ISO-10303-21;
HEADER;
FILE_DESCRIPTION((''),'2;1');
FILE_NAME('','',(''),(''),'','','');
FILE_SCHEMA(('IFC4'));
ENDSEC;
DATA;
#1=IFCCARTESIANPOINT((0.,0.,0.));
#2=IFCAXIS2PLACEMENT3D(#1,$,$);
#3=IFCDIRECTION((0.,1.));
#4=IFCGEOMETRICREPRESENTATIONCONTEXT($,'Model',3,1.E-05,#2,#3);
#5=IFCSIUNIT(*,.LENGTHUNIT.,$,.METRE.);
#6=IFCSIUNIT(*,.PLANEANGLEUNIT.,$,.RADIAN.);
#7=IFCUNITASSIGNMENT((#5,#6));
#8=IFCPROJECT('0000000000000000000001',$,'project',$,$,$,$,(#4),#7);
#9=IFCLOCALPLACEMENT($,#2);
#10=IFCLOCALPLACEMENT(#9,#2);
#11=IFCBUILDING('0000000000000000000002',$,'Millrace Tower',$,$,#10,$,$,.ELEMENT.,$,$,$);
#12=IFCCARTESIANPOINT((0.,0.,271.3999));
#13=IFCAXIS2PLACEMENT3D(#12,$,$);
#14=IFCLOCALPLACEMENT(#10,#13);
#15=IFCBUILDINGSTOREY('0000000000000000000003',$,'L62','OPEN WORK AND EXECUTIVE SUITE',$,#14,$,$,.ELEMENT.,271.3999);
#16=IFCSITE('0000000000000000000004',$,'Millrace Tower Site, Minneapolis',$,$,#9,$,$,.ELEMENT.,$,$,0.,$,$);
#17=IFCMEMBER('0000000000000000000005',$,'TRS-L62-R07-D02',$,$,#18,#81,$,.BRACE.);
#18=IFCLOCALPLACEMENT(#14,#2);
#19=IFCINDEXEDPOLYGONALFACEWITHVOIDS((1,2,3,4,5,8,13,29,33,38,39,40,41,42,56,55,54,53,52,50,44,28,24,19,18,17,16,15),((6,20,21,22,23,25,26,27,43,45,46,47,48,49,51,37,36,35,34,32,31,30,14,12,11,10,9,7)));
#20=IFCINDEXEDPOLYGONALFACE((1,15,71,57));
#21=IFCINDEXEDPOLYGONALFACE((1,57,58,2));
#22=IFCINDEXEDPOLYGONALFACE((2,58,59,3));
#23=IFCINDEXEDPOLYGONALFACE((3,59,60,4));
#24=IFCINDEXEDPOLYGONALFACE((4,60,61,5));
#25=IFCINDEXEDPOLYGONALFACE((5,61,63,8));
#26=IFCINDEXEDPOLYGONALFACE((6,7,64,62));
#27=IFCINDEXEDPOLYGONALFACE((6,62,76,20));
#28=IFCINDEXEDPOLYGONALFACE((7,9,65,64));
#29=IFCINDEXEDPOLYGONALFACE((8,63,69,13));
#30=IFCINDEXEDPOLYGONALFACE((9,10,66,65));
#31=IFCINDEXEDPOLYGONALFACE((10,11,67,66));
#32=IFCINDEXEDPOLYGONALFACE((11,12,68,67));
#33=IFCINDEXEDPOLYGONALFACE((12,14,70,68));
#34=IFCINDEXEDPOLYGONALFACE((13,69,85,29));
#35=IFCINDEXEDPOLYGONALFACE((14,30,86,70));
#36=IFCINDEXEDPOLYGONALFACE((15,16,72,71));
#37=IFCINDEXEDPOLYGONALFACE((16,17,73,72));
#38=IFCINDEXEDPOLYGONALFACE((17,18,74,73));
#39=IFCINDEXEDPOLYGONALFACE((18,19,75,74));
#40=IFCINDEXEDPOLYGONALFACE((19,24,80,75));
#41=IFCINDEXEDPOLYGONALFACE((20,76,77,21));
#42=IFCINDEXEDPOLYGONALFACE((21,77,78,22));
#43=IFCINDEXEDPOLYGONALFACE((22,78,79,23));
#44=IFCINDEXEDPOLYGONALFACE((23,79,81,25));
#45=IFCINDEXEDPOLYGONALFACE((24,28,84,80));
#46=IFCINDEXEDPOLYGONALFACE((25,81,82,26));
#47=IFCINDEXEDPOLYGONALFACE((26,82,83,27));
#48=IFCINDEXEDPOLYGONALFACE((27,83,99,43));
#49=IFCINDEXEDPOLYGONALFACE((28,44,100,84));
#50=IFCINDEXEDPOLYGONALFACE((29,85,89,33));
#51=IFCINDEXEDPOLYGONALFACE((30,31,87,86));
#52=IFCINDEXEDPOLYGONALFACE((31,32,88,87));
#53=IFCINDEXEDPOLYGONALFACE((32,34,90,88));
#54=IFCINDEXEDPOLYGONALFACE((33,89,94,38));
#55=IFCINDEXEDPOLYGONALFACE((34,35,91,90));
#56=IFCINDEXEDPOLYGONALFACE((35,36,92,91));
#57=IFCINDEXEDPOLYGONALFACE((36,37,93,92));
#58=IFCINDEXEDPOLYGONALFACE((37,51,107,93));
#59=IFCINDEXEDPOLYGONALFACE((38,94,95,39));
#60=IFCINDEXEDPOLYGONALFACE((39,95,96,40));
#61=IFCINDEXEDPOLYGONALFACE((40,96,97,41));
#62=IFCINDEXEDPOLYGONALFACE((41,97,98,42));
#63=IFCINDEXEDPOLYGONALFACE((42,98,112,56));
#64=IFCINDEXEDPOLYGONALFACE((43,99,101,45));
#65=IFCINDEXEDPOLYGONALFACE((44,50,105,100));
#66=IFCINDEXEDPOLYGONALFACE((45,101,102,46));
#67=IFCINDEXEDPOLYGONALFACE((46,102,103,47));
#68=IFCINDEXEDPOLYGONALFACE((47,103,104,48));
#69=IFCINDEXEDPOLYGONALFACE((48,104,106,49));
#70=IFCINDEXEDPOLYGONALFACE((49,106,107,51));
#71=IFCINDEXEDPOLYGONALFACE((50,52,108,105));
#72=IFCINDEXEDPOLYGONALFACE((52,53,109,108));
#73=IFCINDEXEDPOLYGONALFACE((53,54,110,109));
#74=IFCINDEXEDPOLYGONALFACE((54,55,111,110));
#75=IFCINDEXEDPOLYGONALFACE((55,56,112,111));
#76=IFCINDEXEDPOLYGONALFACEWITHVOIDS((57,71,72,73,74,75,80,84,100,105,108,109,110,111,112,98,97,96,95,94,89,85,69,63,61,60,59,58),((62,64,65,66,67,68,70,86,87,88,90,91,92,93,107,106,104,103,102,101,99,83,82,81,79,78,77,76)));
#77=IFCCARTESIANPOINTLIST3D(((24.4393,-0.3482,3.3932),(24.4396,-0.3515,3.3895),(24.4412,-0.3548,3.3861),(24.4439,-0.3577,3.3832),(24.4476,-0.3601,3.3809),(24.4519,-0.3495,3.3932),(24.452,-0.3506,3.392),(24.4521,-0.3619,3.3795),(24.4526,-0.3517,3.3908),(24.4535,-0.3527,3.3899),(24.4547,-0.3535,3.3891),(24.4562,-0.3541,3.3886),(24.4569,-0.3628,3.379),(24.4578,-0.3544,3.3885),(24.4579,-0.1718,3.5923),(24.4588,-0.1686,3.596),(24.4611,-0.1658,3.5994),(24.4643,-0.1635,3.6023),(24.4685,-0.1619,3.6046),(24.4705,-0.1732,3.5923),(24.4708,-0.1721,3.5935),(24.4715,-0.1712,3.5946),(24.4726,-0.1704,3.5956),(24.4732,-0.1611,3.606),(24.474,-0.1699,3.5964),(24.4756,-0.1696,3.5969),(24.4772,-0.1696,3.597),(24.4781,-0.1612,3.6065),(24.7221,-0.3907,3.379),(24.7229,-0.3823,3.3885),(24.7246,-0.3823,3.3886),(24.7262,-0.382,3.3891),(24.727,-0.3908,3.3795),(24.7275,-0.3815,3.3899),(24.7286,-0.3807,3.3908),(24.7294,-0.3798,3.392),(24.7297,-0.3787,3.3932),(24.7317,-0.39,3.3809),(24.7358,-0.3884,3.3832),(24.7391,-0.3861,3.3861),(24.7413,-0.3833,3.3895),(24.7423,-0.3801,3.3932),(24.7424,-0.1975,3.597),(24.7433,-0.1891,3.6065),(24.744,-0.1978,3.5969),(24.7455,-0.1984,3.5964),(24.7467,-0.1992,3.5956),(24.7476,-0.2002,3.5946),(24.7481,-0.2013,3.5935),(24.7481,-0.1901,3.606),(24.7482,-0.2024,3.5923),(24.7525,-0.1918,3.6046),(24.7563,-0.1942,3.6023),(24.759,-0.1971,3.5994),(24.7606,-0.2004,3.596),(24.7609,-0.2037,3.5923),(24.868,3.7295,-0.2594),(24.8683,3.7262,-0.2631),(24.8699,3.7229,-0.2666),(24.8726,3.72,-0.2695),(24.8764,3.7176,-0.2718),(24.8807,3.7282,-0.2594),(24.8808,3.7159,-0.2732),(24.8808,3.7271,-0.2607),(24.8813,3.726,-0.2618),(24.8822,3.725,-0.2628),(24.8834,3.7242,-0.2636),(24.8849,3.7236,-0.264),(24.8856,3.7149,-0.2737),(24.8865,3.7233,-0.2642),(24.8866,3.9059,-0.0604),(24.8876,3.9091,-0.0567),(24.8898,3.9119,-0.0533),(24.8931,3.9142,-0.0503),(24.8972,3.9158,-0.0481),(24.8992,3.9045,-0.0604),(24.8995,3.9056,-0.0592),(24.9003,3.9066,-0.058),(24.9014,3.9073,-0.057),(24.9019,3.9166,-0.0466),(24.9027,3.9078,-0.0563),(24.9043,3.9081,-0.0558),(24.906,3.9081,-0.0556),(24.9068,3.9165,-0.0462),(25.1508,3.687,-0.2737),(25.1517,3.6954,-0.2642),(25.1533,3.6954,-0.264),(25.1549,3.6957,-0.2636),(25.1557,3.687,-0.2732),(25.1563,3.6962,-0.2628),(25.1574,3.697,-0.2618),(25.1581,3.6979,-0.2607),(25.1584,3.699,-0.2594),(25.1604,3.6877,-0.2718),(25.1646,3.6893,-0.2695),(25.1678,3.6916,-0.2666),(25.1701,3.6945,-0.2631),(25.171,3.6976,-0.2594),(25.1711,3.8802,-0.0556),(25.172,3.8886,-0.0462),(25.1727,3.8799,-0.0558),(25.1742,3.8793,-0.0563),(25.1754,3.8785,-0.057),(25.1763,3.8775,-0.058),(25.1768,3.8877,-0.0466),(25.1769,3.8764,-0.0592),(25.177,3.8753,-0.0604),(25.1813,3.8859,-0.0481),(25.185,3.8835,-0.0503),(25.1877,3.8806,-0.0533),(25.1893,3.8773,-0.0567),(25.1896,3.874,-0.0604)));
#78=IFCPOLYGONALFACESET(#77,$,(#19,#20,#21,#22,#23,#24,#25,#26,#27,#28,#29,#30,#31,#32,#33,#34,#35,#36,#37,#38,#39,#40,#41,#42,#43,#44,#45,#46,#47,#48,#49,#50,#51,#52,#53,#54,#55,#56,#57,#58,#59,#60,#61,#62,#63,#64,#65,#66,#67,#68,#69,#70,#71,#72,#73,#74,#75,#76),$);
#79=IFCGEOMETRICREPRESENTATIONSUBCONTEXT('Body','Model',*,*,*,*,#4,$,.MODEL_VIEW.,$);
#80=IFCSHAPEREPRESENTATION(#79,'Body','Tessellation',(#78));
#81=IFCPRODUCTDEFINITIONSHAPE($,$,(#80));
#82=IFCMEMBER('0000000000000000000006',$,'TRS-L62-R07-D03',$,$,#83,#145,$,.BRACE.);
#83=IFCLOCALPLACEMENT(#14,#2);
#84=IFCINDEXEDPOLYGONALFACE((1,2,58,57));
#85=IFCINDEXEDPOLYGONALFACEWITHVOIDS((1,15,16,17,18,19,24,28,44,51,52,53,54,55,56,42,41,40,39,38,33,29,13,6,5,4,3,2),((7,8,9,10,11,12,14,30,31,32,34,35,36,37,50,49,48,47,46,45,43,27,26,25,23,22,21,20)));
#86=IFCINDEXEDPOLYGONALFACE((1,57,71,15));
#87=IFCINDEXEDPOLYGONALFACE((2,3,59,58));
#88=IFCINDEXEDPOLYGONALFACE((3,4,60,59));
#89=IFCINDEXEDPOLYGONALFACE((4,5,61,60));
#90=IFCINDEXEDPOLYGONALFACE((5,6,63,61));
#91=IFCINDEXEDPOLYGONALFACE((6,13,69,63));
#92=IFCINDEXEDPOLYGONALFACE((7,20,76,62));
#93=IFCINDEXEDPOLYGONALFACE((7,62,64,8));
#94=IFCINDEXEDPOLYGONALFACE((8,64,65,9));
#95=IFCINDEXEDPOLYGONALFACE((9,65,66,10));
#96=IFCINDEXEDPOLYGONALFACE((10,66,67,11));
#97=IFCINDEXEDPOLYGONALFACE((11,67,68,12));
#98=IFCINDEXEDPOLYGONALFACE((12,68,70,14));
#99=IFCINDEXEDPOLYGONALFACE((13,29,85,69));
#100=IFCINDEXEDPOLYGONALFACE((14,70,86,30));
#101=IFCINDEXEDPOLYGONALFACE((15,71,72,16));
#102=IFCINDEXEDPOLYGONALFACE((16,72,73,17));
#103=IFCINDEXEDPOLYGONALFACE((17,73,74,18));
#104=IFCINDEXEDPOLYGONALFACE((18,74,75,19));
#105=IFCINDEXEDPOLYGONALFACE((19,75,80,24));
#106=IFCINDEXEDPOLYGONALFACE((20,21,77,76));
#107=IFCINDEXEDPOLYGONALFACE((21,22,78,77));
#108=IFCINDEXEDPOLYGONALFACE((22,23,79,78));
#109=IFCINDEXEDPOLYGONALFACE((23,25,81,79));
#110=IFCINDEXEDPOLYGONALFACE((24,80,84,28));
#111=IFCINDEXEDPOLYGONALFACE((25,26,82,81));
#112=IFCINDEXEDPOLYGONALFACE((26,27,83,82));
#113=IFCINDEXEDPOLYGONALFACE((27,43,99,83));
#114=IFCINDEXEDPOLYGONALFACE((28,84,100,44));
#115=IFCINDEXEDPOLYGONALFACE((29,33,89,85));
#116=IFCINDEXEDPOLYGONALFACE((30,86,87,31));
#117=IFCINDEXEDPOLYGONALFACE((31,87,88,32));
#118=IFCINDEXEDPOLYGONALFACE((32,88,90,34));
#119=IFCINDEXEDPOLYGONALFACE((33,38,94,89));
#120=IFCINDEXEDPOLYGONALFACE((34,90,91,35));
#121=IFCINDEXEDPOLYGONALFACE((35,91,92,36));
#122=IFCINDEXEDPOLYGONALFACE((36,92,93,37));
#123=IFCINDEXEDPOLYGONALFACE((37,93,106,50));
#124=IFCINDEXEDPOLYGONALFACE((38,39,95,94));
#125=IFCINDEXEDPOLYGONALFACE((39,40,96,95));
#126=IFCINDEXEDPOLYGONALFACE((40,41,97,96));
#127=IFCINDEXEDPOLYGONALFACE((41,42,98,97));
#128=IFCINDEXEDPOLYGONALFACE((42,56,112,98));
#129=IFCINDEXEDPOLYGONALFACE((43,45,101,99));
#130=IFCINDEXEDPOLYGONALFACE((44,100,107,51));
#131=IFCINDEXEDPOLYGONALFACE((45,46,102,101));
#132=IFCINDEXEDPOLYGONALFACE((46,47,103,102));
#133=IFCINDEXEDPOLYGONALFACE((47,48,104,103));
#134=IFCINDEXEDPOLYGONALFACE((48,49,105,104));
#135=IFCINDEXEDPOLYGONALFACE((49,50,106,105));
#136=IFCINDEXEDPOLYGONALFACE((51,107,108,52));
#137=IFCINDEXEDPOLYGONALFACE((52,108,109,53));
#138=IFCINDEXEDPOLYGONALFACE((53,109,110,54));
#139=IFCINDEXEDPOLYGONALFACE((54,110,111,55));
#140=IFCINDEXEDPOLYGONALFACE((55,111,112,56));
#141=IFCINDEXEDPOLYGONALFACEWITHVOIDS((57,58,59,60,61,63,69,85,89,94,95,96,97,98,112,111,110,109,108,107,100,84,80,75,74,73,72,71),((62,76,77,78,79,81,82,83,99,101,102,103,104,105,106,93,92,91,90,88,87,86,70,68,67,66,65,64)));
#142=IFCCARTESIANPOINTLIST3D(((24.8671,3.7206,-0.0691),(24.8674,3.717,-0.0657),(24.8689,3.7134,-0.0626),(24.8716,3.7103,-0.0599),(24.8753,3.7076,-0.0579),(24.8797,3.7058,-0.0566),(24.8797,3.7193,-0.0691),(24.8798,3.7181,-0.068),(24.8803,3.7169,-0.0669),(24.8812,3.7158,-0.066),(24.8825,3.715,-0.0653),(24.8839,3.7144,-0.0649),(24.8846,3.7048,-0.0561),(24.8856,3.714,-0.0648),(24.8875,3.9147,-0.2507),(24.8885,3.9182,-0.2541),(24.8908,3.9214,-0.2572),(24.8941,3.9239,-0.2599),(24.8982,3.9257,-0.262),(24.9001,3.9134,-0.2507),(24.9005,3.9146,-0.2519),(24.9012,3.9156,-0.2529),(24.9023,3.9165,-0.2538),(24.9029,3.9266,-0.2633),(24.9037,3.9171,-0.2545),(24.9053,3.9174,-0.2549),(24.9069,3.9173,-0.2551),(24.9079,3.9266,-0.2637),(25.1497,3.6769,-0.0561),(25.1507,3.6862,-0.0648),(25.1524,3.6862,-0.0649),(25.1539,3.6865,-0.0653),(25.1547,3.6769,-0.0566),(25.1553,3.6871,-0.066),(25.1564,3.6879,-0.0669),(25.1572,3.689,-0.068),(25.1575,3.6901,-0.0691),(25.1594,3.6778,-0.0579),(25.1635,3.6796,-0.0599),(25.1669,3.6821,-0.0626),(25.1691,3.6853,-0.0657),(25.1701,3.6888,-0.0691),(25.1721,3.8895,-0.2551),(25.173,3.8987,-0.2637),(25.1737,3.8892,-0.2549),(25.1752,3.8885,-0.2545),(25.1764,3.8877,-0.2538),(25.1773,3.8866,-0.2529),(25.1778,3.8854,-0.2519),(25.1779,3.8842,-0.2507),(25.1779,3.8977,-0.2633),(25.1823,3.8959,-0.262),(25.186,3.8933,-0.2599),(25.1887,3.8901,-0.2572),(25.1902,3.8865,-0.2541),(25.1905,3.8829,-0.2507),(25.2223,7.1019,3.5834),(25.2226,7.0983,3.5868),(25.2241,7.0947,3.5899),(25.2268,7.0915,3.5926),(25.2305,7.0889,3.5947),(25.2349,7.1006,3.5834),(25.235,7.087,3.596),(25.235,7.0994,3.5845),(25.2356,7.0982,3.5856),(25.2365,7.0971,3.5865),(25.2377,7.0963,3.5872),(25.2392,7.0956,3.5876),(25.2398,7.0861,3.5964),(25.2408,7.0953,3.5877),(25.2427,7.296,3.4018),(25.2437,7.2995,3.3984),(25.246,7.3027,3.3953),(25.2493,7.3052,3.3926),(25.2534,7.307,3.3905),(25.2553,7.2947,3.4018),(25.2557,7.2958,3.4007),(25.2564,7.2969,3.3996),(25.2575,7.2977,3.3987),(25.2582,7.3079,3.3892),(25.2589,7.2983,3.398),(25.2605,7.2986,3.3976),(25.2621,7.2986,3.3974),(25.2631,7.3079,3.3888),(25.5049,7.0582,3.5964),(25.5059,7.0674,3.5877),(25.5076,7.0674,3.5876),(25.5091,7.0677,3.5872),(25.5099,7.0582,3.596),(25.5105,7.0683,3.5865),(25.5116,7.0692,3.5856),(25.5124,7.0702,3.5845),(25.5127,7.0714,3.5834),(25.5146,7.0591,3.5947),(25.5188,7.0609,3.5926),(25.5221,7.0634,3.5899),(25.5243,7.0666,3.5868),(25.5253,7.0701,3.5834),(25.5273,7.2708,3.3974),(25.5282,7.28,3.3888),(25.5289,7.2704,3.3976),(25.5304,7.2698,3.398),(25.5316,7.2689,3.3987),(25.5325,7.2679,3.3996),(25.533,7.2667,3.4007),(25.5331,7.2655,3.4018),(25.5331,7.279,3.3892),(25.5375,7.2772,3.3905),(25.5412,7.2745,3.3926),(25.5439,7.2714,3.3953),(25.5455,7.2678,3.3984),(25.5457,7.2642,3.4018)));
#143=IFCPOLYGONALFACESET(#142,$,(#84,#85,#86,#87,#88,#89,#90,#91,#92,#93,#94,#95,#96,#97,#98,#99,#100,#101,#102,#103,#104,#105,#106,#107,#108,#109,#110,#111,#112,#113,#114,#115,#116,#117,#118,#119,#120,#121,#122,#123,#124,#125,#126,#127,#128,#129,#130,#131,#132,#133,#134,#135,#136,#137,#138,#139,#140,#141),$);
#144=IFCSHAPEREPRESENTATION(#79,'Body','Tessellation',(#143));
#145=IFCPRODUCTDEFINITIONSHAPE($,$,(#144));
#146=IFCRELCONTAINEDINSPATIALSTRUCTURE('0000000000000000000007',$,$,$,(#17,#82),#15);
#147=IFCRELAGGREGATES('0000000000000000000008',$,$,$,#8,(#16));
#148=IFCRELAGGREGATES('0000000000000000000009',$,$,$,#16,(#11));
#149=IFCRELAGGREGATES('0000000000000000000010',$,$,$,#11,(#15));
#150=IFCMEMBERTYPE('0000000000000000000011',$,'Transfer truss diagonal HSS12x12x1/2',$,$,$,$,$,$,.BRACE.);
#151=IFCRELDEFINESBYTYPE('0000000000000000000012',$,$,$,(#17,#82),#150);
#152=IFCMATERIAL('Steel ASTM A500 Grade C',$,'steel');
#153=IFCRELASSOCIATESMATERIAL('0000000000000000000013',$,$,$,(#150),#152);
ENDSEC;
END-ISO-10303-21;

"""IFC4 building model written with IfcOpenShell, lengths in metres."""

from ifc_helpers import new_model, si_unit, direction, frame, origin, origin_2d, place, context, subcontext, project, spatial, hollow_rectangle, extrude, material, material_profile, profile_set, type_object, element, save


model = new_model("IFC4")

# Units and contexts
model_context = context("Model", 3, precision=1e-05, world=origin(), true_north=direction((0.0, 1.0)))
body_context = subcontext(model_context, "Body", "Model", "MODEL_VIEW")
ifc_project = project(units=[si_unit("LENGTHUNIT", "METRE"), si_unit("PLANEANGLEUNIT", "RADIAN")], contexts=[model_context])

# Site, building, storey
site_placement = place(None, origin())
site = spatial("IfcSite", under=ifc_project, at=site_placement, Name="Millrace Tower Site, Minneapolis", CompositionType="ELEMENT", RefElevation=0.0)
building_placement = place(site_placement, origin())
building = spatial("IfcBuilding", under=site, at=building_placement, Name="Millrace Tower", CompositionType="ELEMENT")
storey_placement = place(building_placement, frame((0.0, 0.0, 271.3999)))
storey = spatial("IfcBuildingStorey", under=building, at=storey_placement, Name="L62", Description="OPEN WORK AND EXECUTIVE SUITE", CompositionType="ELEMENT", Elevation=271.3999)

# Members
ifc_material_1 = material(Name="Steel ASTM A500 Grade C", Category="steel")
ifc_material_profile_1 = material_profile(ifc_material_1, hollow_rectangle(XDim=0.3047, YDim=0.3047, WallThickness=0.0127, InnerFilletRadius=0.0063, OuterFilletRadius=0.019, at=origin_2d()))
ifc_profile_set_1 = profile_set([ifc_material_profile_1], Name="Steel ASTM A500 Grade C")
member_type_1 = type_object("IfcMemberType", Name="Transfer truss diagonal HSS12x12x1/2", PredefinedType="BRACE", material=ifc_profile_set_1)
member_1_placement = place(storey_placement, frame((25.0288, 3.8018, -0.1599), z_axis=(-0.078074, -0.742588, 0.665182), x_axis=(0.994518, -0.104561, 0.0)))
element("IfcMember", 1, at=member_1_placement, inside=storey, type_object=member_type_1, Name="TRS-L62-R07-D02", PredefinedType="BRACE", context=body_context, shape_type="SweptSolid", body=[
    extrude(hollow_rectangle(XDim=0.3047, YDim=0.3047, WallThickness=0.0127, InnerFilletRadius=0.0063, OuterFilletRadius=0.019, at=origin_2d()), origin(), (0.0, 0.0, 1.0), 5.4912),
])
member_2_placement = place(storey_placement, frame((25.0288, 3.8018, -0.1599), z_axis=(0.071186, 0.677611, 0.731967), x_axis=(-0.994527, 0.104479, 0.0)))
element("IfcMember", 2, at=member_2_placement, inside=storey, type_object=member_type_1, Name="TRS-L62-R07-D03", PredefinedType="BRACE", context=body_context, shape_type="SweptSolid", body=[
    extrude(hollow_rectangle(XDim=0.3047, YDim=0.3047, WallThickness=0.0127, InnerFilletRadius=0.0063, OuterFilletRadius=0.019, at=origin_2d()), origin(), (0.0, 0.0, 1.0), 4.99),
])

save(model, "model.ifc")
